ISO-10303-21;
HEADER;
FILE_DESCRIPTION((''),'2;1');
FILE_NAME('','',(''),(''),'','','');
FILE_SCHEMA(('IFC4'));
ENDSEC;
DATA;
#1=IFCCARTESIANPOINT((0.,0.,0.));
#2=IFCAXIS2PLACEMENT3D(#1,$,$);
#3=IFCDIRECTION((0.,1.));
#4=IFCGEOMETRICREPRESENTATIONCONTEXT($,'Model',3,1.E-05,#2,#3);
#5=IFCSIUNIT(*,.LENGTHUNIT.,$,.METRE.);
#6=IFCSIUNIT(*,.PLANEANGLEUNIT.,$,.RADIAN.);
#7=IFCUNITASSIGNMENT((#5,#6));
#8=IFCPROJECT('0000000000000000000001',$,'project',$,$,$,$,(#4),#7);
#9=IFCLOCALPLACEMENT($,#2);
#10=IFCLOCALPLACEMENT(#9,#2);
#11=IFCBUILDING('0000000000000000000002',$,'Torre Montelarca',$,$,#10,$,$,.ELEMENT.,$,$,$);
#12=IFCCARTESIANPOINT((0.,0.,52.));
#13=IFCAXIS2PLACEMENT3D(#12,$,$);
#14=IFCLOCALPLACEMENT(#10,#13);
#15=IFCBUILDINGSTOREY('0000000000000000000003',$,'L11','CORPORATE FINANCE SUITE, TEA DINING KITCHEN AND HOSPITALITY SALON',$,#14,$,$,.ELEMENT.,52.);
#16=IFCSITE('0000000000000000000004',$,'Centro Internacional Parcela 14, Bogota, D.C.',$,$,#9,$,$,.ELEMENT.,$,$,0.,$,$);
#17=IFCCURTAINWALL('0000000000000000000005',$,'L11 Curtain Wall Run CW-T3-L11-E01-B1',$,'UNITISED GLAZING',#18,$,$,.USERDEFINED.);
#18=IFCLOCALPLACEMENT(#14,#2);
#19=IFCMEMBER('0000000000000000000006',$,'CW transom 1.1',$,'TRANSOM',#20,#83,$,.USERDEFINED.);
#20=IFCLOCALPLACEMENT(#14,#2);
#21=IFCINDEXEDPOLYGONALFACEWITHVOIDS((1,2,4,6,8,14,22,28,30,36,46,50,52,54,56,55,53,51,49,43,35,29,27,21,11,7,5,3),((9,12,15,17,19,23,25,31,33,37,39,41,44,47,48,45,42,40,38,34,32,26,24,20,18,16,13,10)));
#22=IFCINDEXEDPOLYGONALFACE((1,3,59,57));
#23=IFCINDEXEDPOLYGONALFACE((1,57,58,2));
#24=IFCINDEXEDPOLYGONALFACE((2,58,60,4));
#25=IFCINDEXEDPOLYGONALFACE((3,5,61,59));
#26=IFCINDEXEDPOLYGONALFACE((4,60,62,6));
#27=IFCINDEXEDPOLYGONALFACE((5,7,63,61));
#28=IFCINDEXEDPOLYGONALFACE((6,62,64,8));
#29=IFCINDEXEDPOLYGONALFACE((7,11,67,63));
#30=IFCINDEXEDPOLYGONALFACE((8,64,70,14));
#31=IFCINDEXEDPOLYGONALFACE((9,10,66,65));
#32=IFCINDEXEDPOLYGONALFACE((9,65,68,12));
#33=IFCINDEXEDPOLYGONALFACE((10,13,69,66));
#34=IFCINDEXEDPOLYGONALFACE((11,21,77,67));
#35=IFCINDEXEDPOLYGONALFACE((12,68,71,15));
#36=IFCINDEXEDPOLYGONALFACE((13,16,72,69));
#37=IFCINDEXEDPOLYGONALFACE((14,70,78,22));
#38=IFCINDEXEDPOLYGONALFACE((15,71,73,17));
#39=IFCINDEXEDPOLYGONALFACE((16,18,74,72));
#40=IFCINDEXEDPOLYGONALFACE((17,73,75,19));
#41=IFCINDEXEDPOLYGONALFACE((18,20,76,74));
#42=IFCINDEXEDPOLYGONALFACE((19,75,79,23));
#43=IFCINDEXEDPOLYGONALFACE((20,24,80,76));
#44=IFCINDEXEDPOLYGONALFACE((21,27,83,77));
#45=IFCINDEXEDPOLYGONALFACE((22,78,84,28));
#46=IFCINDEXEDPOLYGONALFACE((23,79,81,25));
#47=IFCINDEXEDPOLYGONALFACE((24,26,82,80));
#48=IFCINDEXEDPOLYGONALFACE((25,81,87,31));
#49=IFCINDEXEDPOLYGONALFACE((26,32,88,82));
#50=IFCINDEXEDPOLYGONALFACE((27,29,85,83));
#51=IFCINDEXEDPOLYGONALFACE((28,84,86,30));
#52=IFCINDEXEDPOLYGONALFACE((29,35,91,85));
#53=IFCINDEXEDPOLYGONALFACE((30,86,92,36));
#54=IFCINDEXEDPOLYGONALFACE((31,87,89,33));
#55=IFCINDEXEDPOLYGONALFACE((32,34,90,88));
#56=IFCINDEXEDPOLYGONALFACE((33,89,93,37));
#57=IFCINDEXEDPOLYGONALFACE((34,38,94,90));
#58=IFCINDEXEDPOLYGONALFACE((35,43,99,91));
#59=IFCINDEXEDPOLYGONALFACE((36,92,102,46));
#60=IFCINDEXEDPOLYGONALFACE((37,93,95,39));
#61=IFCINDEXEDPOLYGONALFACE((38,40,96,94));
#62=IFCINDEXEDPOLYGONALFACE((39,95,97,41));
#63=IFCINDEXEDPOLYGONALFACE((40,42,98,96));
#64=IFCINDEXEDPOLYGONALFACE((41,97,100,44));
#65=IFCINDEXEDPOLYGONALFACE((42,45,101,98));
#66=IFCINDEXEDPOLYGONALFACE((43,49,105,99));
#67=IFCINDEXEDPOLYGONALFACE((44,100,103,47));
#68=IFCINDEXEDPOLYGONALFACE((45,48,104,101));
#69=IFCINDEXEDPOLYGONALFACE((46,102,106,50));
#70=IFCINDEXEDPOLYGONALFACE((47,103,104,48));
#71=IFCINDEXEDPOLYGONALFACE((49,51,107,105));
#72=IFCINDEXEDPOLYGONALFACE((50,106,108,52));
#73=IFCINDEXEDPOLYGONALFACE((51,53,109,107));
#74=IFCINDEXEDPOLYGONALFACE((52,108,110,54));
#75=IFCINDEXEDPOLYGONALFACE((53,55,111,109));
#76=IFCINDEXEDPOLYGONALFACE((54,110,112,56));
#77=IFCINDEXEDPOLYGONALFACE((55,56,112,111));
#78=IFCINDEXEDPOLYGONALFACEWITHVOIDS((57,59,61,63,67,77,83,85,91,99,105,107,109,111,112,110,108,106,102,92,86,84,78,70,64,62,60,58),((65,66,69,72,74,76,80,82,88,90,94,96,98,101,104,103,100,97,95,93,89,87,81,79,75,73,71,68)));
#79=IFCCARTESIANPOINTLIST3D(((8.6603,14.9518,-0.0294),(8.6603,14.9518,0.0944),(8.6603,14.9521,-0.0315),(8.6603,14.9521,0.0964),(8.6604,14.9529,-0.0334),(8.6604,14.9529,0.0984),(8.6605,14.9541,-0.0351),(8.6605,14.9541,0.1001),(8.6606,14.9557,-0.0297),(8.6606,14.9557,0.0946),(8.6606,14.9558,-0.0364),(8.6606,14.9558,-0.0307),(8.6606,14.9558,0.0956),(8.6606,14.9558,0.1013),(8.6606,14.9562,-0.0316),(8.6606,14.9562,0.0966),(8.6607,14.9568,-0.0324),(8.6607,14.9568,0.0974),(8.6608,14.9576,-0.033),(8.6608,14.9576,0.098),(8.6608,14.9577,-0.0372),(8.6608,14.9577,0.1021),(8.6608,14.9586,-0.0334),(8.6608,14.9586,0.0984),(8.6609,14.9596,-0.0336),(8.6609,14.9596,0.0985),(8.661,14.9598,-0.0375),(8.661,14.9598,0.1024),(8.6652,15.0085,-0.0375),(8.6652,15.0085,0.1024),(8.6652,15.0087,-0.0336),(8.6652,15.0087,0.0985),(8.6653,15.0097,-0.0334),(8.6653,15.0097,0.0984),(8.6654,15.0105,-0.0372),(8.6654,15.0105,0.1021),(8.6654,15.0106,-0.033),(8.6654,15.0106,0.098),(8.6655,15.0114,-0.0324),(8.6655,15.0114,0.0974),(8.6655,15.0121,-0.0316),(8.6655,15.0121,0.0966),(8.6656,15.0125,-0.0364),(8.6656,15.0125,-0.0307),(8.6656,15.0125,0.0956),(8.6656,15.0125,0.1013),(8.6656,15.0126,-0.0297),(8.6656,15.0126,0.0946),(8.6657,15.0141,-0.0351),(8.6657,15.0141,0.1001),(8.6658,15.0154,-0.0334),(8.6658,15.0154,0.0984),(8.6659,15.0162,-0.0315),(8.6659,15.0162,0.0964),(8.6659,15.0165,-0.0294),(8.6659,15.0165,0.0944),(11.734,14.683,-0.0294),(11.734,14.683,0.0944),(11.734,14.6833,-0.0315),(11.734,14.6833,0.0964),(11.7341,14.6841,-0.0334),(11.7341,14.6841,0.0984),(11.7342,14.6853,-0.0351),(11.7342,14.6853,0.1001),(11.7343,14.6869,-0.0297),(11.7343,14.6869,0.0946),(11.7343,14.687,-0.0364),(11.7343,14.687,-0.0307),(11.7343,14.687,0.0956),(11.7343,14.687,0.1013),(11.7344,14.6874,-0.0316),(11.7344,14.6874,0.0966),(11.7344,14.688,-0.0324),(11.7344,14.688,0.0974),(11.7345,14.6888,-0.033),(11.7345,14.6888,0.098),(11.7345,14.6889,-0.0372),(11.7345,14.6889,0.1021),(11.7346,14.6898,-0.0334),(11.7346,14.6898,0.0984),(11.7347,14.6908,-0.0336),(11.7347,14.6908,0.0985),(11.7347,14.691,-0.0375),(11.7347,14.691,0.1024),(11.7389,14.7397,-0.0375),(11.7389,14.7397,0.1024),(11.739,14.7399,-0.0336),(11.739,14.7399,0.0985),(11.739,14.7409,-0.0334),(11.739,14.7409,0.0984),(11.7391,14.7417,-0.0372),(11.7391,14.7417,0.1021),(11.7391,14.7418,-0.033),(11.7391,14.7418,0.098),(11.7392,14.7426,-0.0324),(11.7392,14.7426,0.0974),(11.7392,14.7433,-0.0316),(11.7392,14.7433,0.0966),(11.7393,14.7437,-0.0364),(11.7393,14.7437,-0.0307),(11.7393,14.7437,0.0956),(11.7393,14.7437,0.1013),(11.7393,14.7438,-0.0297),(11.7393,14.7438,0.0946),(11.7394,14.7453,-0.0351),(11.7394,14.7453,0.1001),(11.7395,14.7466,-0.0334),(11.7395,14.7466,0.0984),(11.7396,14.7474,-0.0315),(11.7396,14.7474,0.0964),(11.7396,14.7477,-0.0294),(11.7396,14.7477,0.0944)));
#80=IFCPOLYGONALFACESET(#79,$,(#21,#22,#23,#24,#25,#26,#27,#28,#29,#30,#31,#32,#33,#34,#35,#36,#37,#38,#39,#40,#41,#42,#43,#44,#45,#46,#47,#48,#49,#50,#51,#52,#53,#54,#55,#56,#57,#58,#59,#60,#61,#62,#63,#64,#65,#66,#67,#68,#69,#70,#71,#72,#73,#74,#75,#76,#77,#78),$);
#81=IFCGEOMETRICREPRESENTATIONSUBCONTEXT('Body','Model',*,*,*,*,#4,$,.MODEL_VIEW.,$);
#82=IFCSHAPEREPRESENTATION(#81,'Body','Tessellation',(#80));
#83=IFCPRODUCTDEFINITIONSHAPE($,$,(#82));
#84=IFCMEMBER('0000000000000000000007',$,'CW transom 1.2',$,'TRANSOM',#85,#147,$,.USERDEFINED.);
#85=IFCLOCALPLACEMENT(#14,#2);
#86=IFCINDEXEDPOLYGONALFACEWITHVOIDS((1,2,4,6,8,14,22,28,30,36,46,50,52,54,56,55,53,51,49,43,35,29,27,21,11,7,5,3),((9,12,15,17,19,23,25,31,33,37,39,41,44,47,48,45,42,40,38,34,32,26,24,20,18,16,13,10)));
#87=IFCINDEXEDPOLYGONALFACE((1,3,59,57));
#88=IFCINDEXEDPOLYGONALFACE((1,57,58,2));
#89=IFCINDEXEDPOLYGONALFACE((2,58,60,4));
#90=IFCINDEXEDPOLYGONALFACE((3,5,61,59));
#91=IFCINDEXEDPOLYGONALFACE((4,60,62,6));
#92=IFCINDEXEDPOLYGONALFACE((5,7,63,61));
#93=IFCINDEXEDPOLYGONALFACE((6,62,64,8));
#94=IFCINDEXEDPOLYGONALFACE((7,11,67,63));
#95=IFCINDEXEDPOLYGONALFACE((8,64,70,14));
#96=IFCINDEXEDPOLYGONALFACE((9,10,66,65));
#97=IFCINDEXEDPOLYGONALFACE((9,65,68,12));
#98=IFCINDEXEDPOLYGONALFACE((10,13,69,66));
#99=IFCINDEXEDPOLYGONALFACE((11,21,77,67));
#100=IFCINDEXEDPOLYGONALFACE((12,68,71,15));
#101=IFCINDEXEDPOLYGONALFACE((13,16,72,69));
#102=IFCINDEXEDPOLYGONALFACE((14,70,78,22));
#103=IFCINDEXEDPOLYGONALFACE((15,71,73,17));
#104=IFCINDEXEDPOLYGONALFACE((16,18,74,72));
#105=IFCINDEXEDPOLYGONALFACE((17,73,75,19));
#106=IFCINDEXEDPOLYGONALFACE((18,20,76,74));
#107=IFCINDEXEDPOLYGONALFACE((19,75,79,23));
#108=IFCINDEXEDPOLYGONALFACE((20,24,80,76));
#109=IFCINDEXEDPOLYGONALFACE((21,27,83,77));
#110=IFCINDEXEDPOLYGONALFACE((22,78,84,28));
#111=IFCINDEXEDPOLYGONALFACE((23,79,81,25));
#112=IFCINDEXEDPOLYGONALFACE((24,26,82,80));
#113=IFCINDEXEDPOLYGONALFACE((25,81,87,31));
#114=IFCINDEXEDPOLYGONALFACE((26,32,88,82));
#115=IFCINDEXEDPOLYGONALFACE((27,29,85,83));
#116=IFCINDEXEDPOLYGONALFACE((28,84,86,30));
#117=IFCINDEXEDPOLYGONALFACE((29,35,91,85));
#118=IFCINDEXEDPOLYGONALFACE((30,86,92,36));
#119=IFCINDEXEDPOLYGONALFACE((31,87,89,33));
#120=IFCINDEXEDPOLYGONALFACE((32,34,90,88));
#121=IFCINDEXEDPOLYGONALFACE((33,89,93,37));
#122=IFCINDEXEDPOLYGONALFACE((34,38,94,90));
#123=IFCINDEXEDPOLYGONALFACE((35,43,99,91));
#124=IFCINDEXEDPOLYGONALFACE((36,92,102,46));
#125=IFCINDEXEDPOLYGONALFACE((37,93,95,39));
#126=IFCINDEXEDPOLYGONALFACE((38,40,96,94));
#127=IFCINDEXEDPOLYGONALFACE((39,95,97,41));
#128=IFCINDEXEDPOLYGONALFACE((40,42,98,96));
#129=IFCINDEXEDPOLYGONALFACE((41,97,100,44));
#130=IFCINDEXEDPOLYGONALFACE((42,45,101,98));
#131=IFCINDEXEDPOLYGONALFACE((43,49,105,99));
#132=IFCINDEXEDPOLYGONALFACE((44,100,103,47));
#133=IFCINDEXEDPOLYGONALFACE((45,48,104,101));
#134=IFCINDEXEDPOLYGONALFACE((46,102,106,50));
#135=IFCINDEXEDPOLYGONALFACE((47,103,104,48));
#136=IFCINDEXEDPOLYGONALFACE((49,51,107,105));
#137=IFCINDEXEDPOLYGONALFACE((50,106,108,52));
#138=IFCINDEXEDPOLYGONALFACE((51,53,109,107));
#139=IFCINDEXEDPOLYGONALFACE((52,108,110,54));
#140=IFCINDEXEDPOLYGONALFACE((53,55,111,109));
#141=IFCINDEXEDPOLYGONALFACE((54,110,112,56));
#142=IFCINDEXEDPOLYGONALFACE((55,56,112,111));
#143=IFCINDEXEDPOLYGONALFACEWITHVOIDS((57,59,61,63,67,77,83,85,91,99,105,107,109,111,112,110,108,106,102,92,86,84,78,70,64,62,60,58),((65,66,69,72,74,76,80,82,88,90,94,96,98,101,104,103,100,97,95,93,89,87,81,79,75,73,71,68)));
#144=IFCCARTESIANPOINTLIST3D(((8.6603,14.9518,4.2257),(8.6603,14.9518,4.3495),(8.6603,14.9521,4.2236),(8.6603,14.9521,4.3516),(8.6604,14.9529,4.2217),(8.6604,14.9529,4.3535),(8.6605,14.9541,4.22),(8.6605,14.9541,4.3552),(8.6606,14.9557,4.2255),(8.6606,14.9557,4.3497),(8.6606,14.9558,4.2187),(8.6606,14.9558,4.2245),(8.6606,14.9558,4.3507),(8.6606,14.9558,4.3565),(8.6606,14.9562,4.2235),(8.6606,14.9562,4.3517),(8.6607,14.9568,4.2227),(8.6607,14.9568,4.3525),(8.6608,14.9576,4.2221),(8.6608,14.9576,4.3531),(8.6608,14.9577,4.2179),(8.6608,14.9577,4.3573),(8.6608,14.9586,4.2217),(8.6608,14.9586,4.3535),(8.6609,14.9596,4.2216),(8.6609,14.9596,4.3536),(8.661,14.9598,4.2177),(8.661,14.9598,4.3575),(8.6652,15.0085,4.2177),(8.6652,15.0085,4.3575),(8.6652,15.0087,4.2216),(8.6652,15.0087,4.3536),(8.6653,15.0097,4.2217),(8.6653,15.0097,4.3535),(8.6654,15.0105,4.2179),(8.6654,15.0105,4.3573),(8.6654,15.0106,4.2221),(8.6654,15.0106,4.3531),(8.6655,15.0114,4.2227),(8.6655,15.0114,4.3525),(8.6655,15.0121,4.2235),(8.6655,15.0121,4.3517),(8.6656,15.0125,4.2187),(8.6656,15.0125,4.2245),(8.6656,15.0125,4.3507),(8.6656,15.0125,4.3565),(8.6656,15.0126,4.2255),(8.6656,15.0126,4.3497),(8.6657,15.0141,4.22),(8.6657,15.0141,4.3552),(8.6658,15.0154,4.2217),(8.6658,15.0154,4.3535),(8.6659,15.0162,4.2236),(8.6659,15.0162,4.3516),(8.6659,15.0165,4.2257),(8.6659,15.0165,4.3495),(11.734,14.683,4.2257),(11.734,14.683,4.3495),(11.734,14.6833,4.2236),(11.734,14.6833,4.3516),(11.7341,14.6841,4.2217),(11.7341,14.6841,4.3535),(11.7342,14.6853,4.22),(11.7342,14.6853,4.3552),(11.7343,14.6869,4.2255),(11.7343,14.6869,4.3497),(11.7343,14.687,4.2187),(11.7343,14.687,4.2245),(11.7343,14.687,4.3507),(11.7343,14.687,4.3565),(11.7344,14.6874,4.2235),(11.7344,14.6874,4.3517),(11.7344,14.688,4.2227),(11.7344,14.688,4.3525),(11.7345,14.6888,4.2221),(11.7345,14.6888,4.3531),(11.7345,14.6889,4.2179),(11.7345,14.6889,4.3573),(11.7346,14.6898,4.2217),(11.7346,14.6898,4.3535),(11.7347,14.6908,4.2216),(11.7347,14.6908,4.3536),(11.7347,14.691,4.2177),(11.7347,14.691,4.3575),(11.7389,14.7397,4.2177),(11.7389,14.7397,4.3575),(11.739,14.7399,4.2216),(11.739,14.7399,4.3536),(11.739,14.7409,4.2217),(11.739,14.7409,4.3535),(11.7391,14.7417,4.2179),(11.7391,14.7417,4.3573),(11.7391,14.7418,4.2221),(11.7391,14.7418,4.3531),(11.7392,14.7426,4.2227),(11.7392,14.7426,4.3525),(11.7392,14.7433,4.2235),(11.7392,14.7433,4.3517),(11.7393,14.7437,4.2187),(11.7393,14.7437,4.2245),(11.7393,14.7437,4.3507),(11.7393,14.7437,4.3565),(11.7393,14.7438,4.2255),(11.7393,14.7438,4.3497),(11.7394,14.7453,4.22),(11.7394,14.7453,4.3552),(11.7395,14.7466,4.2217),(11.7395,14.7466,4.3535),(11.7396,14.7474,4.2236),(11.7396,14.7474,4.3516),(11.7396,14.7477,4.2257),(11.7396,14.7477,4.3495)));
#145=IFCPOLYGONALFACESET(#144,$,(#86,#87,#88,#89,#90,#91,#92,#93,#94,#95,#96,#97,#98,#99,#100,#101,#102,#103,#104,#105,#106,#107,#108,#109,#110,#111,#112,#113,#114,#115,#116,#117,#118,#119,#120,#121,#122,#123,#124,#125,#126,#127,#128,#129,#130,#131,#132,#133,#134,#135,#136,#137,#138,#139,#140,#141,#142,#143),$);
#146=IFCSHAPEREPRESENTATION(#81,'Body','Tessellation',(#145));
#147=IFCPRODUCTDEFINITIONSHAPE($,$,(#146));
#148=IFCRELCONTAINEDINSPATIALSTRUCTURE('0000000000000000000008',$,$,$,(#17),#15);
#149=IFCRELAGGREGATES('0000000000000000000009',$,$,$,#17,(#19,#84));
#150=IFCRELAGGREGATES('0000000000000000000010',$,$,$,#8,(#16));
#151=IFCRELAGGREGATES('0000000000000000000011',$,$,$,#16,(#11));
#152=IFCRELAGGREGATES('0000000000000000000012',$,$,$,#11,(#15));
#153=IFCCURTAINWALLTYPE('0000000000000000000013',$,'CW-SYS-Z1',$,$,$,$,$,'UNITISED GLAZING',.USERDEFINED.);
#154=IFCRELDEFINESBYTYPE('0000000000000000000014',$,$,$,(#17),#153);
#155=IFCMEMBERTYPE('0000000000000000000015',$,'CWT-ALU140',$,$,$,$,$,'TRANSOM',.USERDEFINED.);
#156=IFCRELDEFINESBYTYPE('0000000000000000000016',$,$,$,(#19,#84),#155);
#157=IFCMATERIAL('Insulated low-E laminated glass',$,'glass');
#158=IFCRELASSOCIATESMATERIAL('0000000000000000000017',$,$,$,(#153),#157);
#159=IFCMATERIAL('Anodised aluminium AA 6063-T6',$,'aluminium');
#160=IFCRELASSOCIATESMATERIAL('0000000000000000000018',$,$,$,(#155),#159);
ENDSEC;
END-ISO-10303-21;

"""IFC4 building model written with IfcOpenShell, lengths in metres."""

from ifc_helpers import new_model, si_unit, direction, frame, origin, origin_2d, place, context, subcontext, project, spatial, hollow_rectangle, extrude, source, transform, mapped, material, material_profile, profile_set, type_object, element, aggregate, save


model = new_model("IFC4")

# Units and contexts
model_context = context("Model", 3, precision=1e-05, world=origin(), true_north=direction((0.0, 1.0)))
body_context = subcontext(model_context, "Body", "Model", "MODEL_VIEW")
ifc_project = project(units=[si_unit("LENGTHUNIT", "METRE"), si_unit("PLANEANGLEUNIT", "RADIAN")], contexts=[model_context])

# Site, building, storey
site_placement = place(None, origin())
site = spatial("IfcSite", under=ifc_project, at=site_placement, Name="Centro Internacional Parcela 14, Bogota, D.C.", CompositionType="ELEMENT", RefElevation=0.0)
building_placement = place(site_placement, origin())
building = spatial("IfcBuilding", under=site, at=building_placement, Name="Torre Montelarca", CompositionType="ELEMENT")
storey_placement = place(building_placement, frame((0.0, 0.0, 52.0)))
storey = spatial("IfcBuildingStorey", under=building, at=storey_placement, Name="L11", Description="CORPORATE FINANCE SUITE, TEA DINING KITCHEN AND HOSPITALITY SALON", CompositionType="ELEMENT", Elevation=52.0)

# Curtain wall
ifc_material_1 = material(Name="Insulated low-E laminated glass", Category="glass")
curtain_wall_type = type_object("IfcCurtainWallType", Name="CW-SYS-Z1", ElementType="UNITISED GLAZING", PredefinedType="USERDEFINED", material=ifc_material_1)
curtain_wall_1_placement = place(storey_placement, origin())
curtain_wall_1 = element("IfcCurtainWall", 1, at=curtain_wall_1_placement, inside=storey, type_object=curtain_wall_type, Name="L11 Curtain Wall Run CW-T3-L11-E01-B1", ObjectType="UNITISED GLAZING", PredefinedType="USERDEFINED")
ifc_material_2 = material(Name="Anodised aluminium AA 6063-T6", Category="aluminium")

# Members
ifc_material_profile_1 = material_profile(ifc_material_2, hollow_rectangle(XDim=0.0649, YDim=0.1399, WallThickness=0.0039, InnerFilletRadius=0.0039, OuterFilletRadius=0.0081, at=origin_2d()), Name="ALU65X140X4", Category="aluminium")
ifc_profile_set_1 = profile_set([ifc_material_profile_1], Name="Anodised aluminium AA 6063-T6")
member_type_1 = type_object("IfcMemberType", Name="CWT-ALU140", ElementType="TRANSOM", PredefinedType="USERDEFINED", material=ifc_profile_set_1)
shared_shape_1 = source(origin(), body_context, "Body", "SweptSolid", [
    extrude(hollow_rectangle(XDim=0.0649, YDim=0.1399, WallThickness=0.0039, InnerFilletRadius=0.0039, OuterFilletRadius=0.0081, at=origin_2d()), origin(), (0.0, 0.0, 1.0), 3.0854),
])
member_1_placement = place(storey_placement, frame((8.6631, 14.9841, 0.0325), z_axis=(0.996198, -0.087118, 0.0), x_axis=(0.087118, 0.996198, 0.0)))
member_1 = element("IfcMember", 2, at=member_1_placement, type_object=member_type_1, Name="CW transom 1.1", ObjectType="TRANSOM", PredefinedType="USERDEFINED", context=body_context, shape_type="MappedRepresentation", body=[
    mapped(shared_shape_1, transform((0.0, 0.0, 0.0), scale=1.0)),
])
member_2_placement = place(storey_placement, frame((8.6631, 14.9841, 4.2876), z_axis=(0.996198, -0.087118, 0.0), x_axis=(0.087118, 0.996198, 0.0)))
member_2 = element("IfcMember", 3, at=member_2_placement, type_object=member_type_1, Name="CW transom 1.2", ObjectType="TRANSOM", PredefinedType="USERDEFINED", context=body_context, shape_type="MappedRepresentation", body=[
    mapped(shared_shape_1, transform((0.0, 0.0, 0.0), scale=1.0)),
])

aggregate(curtain_wall_1, [member_1, member_2])

save(model, "model.ifc")
